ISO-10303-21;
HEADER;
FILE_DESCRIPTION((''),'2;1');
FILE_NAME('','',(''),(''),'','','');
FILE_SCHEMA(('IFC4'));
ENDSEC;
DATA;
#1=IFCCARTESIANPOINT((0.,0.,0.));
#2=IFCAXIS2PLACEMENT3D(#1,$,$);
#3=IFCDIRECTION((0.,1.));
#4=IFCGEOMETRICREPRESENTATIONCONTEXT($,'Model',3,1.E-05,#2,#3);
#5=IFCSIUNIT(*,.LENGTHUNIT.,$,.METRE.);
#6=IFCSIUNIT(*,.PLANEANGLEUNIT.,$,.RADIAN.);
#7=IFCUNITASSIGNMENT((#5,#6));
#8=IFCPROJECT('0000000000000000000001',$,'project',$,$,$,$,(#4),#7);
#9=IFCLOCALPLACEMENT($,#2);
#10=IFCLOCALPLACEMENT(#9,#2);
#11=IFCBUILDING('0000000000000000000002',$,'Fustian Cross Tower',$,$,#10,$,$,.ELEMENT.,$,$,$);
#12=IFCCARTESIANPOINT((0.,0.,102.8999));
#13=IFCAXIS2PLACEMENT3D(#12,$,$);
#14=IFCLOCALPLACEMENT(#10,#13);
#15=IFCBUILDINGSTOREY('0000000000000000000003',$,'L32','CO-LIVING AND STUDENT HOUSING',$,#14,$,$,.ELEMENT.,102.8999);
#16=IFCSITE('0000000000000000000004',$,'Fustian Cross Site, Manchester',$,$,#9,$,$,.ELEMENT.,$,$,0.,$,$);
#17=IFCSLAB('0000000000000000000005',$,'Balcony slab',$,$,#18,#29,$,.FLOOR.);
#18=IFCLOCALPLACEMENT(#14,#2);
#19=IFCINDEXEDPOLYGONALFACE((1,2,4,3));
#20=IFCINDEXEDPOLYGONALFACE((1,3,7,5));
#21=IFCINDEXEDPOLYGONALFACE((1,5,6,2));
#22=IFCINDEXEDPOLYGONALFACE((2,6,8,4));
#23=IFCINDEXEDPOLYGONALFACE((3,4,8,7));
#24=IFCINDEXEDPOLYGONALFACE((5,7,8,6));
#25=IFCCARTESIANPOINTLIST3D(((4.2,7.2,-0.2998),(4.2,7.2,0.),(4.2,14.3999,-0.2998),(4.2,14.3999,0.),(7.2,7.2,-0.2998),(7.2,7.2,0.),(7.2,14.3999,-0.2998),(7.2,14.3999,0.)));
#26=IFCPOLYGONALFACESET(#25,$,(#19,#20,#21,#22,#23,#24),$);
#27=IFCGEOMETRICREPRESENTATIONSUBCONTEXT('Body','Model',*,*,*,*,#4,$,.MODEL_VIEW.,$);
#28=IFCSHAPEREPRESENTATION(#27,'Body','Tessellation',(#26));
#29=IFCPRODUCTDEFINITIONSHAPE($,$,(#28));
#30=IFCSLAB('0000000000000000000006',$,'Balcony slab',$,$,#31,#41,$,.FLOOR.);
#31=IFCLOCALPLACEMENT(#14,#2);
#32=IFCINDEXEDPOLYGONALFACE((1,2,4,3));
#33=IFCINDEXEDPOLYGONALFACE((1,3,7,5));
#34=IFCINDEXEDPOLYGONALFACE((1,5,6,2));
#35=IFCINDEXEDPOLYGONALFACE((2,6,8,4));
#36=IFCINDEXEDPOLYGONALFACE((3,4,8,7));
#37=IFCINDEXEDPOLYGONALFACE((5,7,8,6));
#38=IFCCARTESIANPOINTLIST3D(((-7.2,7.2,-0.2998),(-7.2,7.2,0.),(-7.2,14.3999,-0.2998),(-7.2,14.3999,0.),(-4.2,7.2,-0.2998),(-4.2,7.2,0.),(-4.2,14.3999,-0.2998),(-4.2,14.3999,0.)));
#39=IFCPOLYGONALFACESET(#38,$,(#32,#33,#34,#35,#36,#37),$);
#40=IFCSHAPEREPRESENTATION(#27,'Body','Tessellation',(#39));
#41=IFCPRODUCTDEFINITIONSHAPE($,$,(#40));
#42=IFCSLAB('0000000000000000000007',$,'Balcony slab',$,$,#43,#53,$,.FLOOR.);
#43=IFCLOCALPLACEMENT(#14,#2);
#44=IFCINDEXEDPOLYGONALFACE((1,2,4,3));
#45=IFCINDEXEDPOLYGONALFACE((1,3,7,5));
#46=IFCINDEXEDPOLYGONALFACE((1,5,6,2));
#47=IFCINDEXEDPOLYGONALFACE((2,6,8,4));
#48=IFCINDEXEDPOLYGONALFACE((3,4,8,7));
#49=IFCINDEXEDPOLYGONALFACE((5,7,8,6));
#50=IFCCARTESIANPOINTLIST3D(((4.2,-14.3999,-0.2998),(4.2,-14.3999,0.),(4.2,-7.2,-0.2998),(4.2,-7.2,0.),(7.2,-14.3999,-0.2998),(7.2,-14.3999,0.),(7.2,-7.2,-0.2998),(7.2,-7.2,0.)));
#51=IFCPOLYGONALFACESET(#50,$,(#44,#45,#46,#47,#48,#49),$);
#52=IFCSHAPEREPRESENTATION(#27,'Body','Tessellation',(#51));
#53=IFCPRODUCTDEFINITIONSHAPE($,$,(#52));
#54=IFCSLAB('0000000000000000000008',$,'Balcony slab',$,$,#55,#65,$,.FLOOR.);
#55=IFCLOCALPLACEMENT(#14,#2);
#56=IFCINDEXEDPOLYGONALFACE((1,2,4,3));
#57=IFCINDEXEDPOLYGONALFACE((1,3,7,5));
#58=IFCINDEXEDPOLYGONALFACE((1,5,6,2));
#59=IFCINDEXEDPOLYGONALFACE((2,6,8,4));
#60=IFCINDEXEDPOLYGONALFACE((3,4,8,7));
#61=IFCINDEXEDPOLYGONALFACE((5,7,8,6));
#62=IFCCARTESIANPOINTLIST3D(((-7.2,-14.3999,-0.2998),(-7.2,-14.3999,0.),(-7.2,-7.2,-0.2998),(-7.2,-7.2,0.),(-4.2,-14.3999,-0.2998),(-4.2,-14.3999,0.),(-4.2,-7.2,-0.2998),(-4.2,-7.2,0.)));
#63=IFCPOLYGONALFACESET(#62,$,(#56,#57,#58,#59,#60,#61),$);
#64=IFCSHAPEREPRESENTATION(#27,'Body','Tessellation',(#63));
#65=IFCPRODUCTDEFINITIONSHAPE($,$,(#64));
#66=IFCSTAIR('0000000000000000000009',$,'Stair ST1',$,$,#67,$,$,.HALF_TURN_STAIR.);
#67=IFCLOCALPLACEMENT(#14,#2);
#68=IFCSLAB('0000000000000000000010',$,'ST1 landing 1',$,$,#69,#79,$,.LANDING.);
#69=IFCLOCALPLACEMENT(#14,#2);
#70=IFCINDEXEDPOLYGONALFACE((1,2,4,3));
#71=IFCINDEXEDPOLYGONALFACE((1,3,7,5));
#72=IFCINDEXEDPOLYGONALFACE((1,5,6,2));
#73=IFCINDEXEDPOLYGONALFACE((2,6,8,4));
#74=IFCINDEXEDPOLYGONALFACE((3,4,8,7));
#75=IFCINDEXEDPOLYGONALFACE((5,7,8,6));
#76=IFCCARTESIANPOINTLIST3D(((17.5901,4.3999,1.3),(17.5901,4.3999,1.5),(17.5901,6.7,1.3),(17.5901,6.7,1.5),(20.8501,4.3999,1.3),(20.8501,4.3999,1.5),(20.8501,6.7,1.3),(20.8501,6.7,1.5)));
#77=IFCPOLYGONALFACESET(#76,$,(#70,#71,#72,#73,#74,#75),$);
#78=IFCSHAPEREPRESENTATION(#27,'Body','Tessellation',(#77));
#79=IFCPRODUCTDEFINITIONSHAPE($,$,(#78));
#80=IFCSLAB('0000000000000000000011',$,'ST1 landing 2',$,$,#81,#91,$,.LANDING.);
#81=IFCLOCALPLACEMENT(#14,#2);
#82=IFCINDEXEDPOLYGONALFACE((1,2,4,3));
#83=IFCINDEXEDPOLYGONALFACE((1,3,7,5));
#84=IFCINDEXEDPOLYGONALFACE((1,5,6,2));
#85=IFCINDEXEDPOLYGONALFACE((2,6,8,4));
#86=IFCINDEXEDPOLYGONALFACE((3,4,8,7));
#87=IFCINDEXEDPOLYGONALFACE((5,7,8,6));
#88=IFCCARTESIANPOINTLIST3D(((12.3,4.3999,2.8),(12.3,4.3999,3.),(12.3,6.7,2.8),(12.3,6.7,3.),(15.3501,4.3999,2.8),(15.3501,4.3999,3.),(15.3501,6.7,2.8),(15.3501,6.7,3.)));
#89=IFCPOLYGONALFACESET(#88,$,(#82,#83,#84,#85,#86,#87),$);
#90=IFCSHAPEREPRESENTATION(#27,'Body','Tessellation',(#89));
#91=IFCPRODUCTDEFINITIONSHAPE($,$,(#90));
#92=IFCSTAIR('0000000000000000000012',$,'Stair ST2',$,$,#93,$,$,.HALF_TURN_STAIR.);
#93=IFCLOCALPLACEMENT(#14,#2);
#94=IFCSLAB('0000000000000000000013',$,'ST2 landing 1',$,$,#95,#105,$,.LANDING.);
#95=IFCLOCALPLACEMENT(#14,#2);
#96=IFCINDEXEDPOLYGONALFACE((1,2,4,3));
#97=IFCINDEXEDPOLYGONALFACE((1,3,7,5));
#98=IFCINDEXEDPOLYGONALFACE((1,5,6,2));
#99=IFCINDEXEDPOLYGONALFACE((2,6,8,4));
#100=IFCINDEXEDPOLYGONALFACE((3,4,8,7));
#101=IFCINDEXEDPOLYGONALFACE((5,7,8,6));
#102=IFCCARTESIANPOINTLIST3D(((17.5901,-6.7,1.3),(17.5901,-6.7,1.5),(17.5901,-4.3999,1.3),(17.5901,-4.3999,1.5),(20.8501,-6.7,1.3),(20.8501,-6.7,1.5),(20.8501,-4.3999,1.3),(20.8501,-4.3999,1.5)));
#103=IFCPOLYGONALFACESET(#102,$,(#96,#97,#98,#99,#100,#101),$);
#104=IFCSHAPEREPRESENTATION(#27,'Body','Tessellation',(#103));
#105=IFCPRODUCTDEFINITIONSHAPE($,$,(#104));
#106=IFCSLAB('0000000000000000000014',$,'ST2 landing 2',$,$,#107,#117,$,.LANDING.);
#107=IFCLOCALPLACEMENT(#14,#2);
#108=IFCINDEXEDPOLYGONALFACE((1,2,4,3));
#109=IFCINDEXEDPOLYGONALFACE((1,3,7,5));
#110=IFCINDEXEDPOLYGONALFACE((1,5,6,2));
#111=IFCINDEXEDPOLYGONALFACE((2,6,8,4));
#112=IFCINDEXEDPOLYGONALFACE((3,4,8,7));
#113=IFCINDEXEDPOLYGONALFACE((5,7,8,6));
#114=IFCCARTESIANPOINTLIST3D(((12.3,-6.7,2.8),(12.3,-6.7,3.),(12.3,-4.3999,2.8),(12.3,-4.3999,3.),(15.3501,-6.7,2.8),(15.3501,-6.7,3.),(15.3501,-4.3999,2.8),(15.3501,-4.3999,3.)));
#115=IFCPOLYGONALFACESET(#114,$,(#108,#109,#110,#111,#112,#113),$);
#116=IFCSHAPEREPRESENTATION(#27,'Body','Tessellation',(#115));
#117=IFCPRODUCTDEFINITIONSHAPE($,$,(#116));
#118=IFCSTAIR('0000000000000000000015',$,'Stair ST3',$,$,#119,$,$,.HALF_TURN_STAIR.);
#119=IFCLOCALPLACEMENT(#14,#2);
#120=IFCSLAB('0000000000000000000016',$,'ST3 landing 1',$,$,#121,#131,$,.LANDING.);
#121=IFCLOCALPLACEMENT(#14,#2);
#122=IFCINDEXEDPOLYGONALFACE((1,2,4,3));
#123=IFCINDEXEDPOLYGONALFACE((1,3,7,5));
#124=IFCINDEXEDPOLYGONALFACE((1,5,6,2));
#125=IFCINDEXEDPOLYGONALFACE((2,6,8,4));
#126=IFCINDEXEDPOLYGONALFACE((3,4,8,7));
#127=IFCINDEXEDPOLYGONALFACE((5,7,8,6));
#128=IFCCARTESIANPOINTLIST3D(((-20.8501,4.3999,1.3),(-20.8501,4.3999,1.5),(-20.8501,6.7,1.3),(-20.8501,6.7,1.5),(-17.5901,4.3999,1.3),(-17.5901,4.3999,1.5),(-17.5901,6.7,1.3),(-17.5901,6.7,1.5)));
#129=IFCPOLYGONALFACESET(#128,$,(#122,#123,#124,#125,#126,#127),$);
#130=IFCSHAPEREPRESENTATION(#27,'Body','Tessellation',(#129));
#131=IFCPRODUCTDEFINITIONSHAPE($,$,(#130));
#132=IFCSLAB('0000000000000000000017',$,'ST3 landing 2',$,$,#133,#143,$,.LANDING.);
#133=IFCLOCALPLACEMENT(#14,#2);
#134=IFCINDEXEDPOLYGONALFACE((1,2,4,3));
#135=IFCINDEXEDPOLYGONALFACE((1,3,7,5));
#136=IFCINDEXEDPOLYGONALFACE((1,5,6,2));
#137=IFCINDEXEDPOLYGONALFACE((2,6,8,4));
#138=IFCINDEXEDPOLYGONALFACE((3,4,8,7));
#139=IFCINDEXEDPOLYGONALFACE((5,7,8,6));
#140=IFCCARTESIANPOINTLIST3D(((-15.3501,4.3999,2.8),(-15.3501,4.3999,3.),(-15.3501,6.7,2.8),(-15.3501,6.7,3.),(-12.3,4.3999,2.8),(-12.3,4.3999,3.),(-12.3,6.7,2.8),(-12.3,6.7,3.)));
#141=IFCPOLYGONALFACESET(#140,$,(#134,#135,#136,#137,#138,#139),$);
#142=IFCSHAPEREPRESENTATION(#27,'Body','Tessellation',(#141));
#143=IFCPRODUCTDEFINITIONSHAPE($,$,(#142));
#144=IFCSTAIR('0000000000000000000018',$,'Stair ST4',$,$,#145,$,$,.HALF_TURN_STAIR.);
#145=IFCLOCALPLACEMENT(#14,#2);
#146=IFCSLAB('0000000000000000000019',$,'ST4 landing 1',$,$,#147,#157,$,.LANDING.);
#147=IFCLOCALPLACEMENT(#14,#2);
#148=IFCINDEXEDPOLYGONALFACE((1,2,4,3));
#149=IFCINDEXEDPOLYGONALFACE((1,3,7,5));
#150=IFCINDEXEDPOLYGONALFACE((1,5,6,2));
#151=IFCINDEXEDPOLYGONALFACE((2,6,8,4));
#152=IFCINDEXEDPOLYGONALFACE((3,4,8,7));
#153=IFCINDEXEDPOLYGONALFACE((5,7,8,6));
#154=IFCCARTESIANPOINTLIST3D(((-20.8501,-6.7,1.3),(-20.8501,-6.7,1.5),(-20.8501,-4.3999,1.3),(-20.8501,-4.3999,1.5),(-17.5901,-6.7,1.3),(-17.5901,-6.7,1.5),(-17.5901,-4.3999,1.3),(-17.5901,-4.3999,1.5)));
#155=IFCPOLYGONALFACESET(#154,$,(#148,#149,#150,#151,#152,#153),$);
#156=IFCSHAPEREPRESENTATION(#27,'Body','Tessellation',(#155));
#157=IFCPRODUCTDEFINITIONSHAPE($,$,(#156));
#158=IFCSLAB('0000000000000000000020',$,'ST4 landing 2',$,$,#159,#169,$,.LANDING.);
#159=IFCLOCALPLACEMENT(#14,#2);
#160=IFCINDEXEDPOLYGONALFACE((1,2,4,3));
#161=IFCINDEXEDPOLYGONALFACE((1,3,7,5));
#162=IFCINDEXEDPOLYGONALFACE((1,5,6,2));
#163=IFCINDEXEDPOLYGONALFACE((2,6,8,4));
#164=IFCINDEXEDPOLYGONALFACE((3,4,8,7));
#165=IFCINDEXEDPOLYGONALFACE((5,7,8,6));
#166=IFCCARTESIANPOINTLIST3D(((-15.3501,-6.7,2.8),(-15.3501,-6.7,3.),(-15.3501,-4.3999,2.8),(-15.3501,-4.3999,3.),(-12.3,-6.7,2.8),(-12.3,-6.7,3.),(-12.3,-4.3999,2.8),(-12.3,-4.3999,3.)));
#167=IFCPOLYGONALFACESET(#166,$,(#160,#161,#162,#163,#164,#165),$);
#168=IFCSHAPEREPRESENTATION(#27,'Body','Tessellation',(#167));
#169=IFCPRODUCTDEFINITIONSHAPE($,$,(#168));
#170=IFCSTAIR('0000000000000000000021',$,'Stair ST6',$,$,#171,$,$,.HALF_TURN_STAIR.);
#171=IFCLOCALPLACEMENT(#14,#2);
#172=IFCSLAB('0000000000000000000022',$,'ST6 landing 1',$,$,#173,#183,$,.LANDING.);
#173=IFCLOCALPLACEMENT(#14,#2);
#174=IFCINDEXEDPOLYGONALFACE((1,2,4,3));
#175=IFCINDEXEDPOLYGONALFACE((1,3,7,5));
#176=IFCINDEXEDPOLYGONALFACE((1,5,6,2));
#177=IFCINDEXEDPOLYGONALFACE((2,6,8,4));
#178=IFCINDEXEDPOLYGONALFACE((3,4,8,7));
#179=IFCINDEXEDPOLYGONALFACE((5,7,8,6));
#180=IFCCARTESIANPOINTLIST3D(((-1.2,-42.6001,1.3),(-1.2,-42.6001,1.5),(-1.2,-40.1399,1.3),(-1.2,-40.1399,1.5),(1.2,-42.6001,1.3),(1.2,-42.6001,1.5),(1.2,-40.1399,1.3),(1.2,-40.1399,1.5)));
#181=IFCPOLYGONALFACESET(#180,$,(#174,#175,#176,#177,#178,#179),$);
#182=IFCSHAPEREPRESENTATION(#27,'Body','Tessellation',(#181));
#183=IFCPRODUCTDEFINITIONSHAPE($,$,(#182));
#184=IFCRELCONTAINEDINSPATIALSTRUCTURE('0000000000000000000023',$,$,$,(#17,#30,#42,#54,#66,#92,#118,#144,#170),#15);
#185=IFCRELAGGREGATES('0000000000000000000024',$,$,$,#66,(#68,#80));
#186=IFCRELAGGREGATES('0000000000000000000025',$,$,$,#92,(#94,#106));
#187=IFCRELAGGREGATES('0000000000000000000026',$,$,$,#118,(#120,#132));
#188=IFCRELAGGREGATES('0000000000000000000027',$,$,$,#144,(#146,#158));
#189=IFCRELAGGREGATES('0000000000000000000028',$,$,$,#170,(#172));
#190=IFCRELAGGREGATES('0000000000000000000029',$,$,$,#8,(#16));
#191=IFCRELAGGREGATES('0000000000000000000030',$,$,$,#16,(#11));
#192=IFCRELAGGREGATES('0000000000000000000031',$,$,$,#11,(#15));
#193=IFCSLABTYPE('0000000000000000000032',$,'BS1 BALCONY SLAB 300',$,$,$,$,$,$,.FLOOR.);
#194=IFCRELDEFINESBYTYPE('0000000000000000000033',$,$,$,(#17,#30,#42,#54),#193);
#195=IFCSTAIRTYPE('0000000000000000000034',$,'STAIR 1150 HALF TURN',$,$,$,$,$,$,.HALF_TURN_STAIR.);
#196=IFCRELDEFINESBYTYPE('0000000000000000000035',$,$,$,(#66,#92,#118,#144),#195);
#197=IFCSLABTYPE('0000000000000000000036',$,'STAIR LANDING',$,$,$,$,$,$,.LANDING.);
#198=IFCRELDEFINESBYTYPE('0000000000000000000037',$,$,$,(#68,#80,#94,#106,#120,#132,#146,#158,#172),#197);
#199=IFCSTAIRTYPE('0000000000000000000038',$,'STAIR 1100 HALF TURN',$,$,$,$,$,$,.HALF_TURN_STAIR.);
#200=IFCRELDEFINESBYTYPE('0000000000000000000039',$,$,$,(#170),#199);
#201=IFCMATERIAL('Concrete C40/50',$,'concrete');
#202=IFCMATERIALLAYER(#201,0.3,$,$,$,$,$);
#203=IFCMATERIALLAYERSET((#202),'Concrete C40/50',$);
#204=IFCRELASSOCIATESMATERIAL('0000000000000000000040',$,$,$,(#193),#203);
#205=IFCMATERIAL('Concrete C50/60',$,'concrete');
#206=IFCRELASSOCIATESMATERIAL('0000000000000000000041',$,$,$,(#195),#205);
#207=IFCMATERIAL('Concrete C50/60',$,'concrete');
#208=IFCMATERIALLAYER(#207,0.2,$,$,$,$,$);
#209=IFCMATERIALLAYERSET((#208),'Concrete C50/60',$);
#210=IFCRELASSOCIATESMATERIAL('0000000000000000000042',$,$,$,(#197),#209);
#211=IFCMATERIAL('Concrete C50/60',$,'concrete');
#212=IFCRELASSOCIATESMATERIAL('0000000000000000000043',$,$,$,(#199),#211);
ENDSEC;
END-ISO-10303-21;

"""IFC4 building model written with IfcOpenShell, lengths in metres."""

from ifc_helpers import new_model, si_unit, direction, frame, origin, place, context, subcontext, project, spatial, polyline, outline, extrude, material, layer, layer_set, type_object, element, aggregate, save


model = new_model("IFC4")

# Units and contexts
model_context = context("Model", 3, precision=1e-05, world=origin(), true_north=direction((0.0, 1.0)))
body_context = subcontext(model_context, "Body", "Model", "MODEL_VIEW")
ifc_project = project(units=[si_unit("LENGTHUNIT", "METRE"), si_unit("PLANEANGLEUNIT", "RADIAN")], contexts=[model_context])

# Site, building, storey
site_placement = place(None, origin())
site = spatial("IfcSite", under=ifc_project, at=site_placement, Name="Fustian Cross Site, Manchester", CompositionType="ELEMENT", RefElevation=0.0)
building_placement = place(site_placement, origin())
building = spatial("IfcBuilding", under=site, at=building_placement, Name="Fustian Cross Tower", CompositionType="ELEMENT")
storey_placement = place(building_placement, frame((0.0, 0.0, 102.8999)))
storey = spatial("IfcBuildingStorey", under=building, at=storey_placement, Name="L32", Description="CO-LIVING AND STUDENT HOUSING", CompositionType="ELEMENT", Elevation=102.8999)

# Slabs
ifc_material_1 = material(Name="Concrete C40/50", Category="concrete")
ifc_layer_1 = layer(ifc_material_1, 0.3)
ifc_layer_set_1 = layer_set([ifc_layer_1], Name="Concrete C40/50")
slab_type_1 = type_object("IfcSlabType", Name="BS1 BALCONY SLAB 300", PredefinedType="FLOOR", material=ifc_layer_set_1)
slab_1_placement = place(storey_placement, frame((0.0, 0.0, -0.2998)))
element("IfcSlab", 1, at=slab_1_placement, inside=storey, type_object=slab_type_1, Name="Balcony slab", PredefinedType="FLOOR", context=body_context, shape_type="SweptSolid", body=[
    extrude(outline(polyline([(4.2, 7.2), (7.2, 7.2), (7.2, 14.3999), (4.2, 14.3999), (4.2, 7.2)])), origin(), (0.0, 0.0, 1.0), 0.2998),
])
slab_2_placement = place(storey_placement, frame((0.0, 0.0, -0.2998)))
element("IfcSlab", 2, at=slab_2_placement, inside=storey, type_object=slab_type_1, Name="Balcony slab", PredefinedType="FLOOR", context=body_context, shape_type="SweptSolid", body=[
    extrude(outline(polyline([(-7.2, 7.2), (-4.2, 7.2), (-4.2, 14.3999), (-7.2, 14.3999), (-7.2, 7.2)])), origin(), (0.0, 0.0, 1.0), 0.2998),
])
slab_3_placement = place(storey_placement, frame((0.0, 0.0, -0.2998)))
element("IfcSlab", 3, at=slab_3_placement, inside=storey, type_object=slab_type_1, Name="Balcony slab", PredefinedType="FLOOR", context=body_context, shape_type="SweptSolid", body=[
    extrude(outline(polyline([(4.2, -14.3999), (7.2, -14.3999), (7.2, -7.2), (4.2, -7.2), (4.2, -14.3999)])), origin(), (0.0, 0.0, 1.0), 0.2998),
])
slab_4_placement = place(storey_placement, frame((0.0, 0.0, -0.2998)))
element("IfcSlab", 4, at=slab_4_placement, inside=storey, type_object=slab_type_1, Name="Balcony slab", PredefinedType="FLOOR", context=body_context, shape_type="SweptSolid", body=[
    extrude(outline(polyline([(-7.2, -14.3999), (-4.2, -14.3999), (-4.2, -7.2), (-7.2, -7.2), (-7.2, -14.3999)])), origin(), (0.0, 0.0, 1.0), 0.2998),
])

# Stairs, slabs
ifc_material_2 = material(Name="Concrete C50/60", Category="concrete")
stair_type_1 = type_object("IfcStairType", Name="STAIR 1150 HALF TURN", PredefinedType="HALF_TURN_STAIR", material=ifc_material_2)
stair_1_placement = place(storey_placement, origin())
stair_1 = element("IfcStair", 5, at=stair_1_placement, inside=storey, type_object=stair_type_1, Name="Stair ST1", PredefinedType="HALF_TURN_STAIR")
ifc_material_3 = material(Name="Concrete C50/60", Category="concrete")
ifc_layer_2 = layer(ifc_material_3, 0.2)
ifc_layer_set_2 = layer_set([ifc_layer_2], Name="Concrete C50/60")
slab_type_2 = type_object("IfcSlabType", Name="STAIR LANDING", PredefinedType="LANDING", material=ifc_layer_set_2)
slab_5_placement = place(storey_placement, frame((0.0, 0.0, 1.3)))
slab_5 = element("IfcSlab", 6, at=slab_5_placement, type_object=slab_type_2, Name="ST1 landing 1", PredefinedType="LANDING", context=body_context, shape_type="SweptSolid", body=[
    extrude(outline(polyline([(17.5901, 4.3999), (20.8501, 4.3999), (20.8501, 6.7), (17.5901, 6.7), (17.5901, 4.3999)])), origin(), (0.0, 0.0, 1.0), 0.2),
])
slab_6_placement = place(storey_placement, frame((0.0, 0.0, 2.8)))
slab_6 = element("IfcSlab", 7, at=slab_6_placement, type_object=slab_type_2, Name="ST1 landing 2", PredefinedType="LANDING", context=body_context, shape_type="SweptSolid", body=[
    extrude(outline(polyline([(12.3, 4.3999), (15.3501, 4.3999), (15.3501, 6.7), (12.3, 6.7), (12.3, 4.3999)])), origin(), (0.0, 0.0, 1.0), 0.2),
])
aggregate(stair_1, [slab_5, slab_6])
stair_2_placement = place(storey_placement, origin())
stair_2 = element("IfcStair", 8, at=stair_2_placement, inside=storey, type_object=stair_type_1, Name="Stair ST2", PredefinedType="HALF_TURN_STAIR")
slab_7_placement = place(storey_placement, frame((0.0, 0.0, 1.3)))
slab_7 = element("IfcSlab", 9, at=slab_7_placement, type_object=slab_type_2, Name="ST2 landing 1", PredefinedType="LANDING", context=body_context, shape_type="SweptSolid", body=[
    extrude(outline(polyline([(17.5901, -4.3999), (20.8501, -4.3999), (20.8501, -6.7), (17.5901, -6.7), (17.5901, -4.3999)])), origin(), (0.0, 0.0, 1.0), 0.2),
])
slab_8_placement = place(storey_placement, frame((0.0, 0.0, 2.8)))
slab_8 = element("IfcSlab", 10, at=slab_8_placement, type_object=slab_type_2, Name="ST2 landing 2", PredefinedType="LANDING", context=body_context, shape_type="SweptSolid", body=[
    extrude(outline(polyline([(12.3, -4.3999), (15.3501, -4.3999), (15.3501, -6.7), (12.3, -6.7), (12.3, -4.3999)])), origin(), (0.0, 0.0, 1.0), 0.2),
])
aggregate(stair_2, [slab_7, slab_8])
stair_3_placement = place(storey_placement, origin())
stair_3 = element("IfcStair", 11, at=stair_3_placement, inside=storey, type_object=stair_type_1, Name="Stair ST3", PredefinedType="HALF_TURN_STAIR")
slab_9_placement = place(storey_placement, frame((0.0, 0.0, 1.3)))
slab_9 = element("IfcSlab", 12, at=slab_9_placement, type_object=slab_type_2, Name="ST3 landing 1", PredefinedType="LANDING", context=body_context, shape_type="SweptSolid", body=[
    extrude(outline(polyline([(-17.5901, 4.3999), (-20.8501, 4.3999), (-20.8501, 6.7), (-17.5901, 6.7), (-17.5901, 4.3999)])), origin(), (0.0, 0.0, 1.0), 0.2),
])
slab_10_placement = place(storey_placement, frame((0.0, 0.0, 2.8)))
slab_10 = element("IfcSlab", 13, at=slab_10_placement, type_object=slab_type_2, Name="ST3 landing 2", PredefinedType="LANDING", context=body_context, shape_type="SweptSolid", body=[
    extrude(outline(polyline([(-12.3, 4.3999), (-15.3501, 4.3999), (-15.3501, 6.7), (-12.3, 6.7), (-12.3, 4.3999)])), origin(), (0.0, 0.0, 1.0), 0.2),
])
aggregate(stair_3, [slab_9, slab_10])
stair_4_placement = place(storey_placement, origin())
stair_4 = element("IfcStair", 14, at=stair_4_placement, inside=storey, type_object=stair_type_1, Name="Stair ST4", PredefinedType="HALF_TURN_STAIR")
slab_11_placement = place(storey_placement, frame((0.0, 0.0, 1.3)))
slab_11 = element("IfcSlab", 15, at=slab_11_placement, type_object=slab_type_2, Name="ST4 landing 1", PredefinedType="LANDING", context=body_context, shape_type="SweptSolid", body=[
    extrude(outline(polyline([(-17.5901, -4.3999), (-20.8501, -4.3999), (-20.8501, -6.7), (-17.5901, -6.7), (-17.5901, -4.3999)])), origin(), (0.0, 0.0, 1.0), 0.2),
])
slab_12_placement = place(storey_placement, frame((0.0, 0.0, 2.8)))
slab_12 = element("IfcSlab", 16, at=slab_12_placement, type_object=slab_type_2, Name="ST4 landing 2", PredefinedType="LANDING", context=body_context, shape_type="SweptSolid", body=[
    extrude(outline(polyline([(-12.3, -4.3999), (-15.3501, -4.3999), (-15.3501, -6.7), (-12.3, -6.7), (-12.3, -4.3999)])), origin(), (0.0, 0.0, 1.0), 0.2),
])
aggregate(stair_4, [slab_11, slab_12])

# Stair, slab
ifc_material_4 = material(Name="Concrete C50/60", Category="concrete")
stair_type_2 = type_object("IfcStairType", Name="STAIR 1100 HALF TURN", PredefinedType="HALF_TURN_STAIR", material=ifc_material_4)
stair_5_placement = place(storey_placement, origin())
stair_5 = element("IfcStair", 17, at=stair_5_placement, inside=storey, type_object=stair_type_2, Name="Stair ST6", PredefinedType="HALF_TURN_STAIR")
slab_13_placement = place(storey_placement, frame((0.0, 0.0, 1.3)))
slab_13 = element("IfcSlab", 18, at=slab_13_placement, type_object=slab_type_2, Name="ST6 landing 1", PredefinedType="LANDING", context=body_context, shape_type="SweptSolid", body=[
    extrude(outline(polyline([(-1.2, -40.1399), (-1.2, -42.6001), (1.2, -42.6001), (1.2, -40.1399), (-1.2, -40.1399)])), origin(), (0.0, 0.0, 1.0), 0.2),
])
aggregate(stair_5, [slab_13])

save(model, "model.ifc")
